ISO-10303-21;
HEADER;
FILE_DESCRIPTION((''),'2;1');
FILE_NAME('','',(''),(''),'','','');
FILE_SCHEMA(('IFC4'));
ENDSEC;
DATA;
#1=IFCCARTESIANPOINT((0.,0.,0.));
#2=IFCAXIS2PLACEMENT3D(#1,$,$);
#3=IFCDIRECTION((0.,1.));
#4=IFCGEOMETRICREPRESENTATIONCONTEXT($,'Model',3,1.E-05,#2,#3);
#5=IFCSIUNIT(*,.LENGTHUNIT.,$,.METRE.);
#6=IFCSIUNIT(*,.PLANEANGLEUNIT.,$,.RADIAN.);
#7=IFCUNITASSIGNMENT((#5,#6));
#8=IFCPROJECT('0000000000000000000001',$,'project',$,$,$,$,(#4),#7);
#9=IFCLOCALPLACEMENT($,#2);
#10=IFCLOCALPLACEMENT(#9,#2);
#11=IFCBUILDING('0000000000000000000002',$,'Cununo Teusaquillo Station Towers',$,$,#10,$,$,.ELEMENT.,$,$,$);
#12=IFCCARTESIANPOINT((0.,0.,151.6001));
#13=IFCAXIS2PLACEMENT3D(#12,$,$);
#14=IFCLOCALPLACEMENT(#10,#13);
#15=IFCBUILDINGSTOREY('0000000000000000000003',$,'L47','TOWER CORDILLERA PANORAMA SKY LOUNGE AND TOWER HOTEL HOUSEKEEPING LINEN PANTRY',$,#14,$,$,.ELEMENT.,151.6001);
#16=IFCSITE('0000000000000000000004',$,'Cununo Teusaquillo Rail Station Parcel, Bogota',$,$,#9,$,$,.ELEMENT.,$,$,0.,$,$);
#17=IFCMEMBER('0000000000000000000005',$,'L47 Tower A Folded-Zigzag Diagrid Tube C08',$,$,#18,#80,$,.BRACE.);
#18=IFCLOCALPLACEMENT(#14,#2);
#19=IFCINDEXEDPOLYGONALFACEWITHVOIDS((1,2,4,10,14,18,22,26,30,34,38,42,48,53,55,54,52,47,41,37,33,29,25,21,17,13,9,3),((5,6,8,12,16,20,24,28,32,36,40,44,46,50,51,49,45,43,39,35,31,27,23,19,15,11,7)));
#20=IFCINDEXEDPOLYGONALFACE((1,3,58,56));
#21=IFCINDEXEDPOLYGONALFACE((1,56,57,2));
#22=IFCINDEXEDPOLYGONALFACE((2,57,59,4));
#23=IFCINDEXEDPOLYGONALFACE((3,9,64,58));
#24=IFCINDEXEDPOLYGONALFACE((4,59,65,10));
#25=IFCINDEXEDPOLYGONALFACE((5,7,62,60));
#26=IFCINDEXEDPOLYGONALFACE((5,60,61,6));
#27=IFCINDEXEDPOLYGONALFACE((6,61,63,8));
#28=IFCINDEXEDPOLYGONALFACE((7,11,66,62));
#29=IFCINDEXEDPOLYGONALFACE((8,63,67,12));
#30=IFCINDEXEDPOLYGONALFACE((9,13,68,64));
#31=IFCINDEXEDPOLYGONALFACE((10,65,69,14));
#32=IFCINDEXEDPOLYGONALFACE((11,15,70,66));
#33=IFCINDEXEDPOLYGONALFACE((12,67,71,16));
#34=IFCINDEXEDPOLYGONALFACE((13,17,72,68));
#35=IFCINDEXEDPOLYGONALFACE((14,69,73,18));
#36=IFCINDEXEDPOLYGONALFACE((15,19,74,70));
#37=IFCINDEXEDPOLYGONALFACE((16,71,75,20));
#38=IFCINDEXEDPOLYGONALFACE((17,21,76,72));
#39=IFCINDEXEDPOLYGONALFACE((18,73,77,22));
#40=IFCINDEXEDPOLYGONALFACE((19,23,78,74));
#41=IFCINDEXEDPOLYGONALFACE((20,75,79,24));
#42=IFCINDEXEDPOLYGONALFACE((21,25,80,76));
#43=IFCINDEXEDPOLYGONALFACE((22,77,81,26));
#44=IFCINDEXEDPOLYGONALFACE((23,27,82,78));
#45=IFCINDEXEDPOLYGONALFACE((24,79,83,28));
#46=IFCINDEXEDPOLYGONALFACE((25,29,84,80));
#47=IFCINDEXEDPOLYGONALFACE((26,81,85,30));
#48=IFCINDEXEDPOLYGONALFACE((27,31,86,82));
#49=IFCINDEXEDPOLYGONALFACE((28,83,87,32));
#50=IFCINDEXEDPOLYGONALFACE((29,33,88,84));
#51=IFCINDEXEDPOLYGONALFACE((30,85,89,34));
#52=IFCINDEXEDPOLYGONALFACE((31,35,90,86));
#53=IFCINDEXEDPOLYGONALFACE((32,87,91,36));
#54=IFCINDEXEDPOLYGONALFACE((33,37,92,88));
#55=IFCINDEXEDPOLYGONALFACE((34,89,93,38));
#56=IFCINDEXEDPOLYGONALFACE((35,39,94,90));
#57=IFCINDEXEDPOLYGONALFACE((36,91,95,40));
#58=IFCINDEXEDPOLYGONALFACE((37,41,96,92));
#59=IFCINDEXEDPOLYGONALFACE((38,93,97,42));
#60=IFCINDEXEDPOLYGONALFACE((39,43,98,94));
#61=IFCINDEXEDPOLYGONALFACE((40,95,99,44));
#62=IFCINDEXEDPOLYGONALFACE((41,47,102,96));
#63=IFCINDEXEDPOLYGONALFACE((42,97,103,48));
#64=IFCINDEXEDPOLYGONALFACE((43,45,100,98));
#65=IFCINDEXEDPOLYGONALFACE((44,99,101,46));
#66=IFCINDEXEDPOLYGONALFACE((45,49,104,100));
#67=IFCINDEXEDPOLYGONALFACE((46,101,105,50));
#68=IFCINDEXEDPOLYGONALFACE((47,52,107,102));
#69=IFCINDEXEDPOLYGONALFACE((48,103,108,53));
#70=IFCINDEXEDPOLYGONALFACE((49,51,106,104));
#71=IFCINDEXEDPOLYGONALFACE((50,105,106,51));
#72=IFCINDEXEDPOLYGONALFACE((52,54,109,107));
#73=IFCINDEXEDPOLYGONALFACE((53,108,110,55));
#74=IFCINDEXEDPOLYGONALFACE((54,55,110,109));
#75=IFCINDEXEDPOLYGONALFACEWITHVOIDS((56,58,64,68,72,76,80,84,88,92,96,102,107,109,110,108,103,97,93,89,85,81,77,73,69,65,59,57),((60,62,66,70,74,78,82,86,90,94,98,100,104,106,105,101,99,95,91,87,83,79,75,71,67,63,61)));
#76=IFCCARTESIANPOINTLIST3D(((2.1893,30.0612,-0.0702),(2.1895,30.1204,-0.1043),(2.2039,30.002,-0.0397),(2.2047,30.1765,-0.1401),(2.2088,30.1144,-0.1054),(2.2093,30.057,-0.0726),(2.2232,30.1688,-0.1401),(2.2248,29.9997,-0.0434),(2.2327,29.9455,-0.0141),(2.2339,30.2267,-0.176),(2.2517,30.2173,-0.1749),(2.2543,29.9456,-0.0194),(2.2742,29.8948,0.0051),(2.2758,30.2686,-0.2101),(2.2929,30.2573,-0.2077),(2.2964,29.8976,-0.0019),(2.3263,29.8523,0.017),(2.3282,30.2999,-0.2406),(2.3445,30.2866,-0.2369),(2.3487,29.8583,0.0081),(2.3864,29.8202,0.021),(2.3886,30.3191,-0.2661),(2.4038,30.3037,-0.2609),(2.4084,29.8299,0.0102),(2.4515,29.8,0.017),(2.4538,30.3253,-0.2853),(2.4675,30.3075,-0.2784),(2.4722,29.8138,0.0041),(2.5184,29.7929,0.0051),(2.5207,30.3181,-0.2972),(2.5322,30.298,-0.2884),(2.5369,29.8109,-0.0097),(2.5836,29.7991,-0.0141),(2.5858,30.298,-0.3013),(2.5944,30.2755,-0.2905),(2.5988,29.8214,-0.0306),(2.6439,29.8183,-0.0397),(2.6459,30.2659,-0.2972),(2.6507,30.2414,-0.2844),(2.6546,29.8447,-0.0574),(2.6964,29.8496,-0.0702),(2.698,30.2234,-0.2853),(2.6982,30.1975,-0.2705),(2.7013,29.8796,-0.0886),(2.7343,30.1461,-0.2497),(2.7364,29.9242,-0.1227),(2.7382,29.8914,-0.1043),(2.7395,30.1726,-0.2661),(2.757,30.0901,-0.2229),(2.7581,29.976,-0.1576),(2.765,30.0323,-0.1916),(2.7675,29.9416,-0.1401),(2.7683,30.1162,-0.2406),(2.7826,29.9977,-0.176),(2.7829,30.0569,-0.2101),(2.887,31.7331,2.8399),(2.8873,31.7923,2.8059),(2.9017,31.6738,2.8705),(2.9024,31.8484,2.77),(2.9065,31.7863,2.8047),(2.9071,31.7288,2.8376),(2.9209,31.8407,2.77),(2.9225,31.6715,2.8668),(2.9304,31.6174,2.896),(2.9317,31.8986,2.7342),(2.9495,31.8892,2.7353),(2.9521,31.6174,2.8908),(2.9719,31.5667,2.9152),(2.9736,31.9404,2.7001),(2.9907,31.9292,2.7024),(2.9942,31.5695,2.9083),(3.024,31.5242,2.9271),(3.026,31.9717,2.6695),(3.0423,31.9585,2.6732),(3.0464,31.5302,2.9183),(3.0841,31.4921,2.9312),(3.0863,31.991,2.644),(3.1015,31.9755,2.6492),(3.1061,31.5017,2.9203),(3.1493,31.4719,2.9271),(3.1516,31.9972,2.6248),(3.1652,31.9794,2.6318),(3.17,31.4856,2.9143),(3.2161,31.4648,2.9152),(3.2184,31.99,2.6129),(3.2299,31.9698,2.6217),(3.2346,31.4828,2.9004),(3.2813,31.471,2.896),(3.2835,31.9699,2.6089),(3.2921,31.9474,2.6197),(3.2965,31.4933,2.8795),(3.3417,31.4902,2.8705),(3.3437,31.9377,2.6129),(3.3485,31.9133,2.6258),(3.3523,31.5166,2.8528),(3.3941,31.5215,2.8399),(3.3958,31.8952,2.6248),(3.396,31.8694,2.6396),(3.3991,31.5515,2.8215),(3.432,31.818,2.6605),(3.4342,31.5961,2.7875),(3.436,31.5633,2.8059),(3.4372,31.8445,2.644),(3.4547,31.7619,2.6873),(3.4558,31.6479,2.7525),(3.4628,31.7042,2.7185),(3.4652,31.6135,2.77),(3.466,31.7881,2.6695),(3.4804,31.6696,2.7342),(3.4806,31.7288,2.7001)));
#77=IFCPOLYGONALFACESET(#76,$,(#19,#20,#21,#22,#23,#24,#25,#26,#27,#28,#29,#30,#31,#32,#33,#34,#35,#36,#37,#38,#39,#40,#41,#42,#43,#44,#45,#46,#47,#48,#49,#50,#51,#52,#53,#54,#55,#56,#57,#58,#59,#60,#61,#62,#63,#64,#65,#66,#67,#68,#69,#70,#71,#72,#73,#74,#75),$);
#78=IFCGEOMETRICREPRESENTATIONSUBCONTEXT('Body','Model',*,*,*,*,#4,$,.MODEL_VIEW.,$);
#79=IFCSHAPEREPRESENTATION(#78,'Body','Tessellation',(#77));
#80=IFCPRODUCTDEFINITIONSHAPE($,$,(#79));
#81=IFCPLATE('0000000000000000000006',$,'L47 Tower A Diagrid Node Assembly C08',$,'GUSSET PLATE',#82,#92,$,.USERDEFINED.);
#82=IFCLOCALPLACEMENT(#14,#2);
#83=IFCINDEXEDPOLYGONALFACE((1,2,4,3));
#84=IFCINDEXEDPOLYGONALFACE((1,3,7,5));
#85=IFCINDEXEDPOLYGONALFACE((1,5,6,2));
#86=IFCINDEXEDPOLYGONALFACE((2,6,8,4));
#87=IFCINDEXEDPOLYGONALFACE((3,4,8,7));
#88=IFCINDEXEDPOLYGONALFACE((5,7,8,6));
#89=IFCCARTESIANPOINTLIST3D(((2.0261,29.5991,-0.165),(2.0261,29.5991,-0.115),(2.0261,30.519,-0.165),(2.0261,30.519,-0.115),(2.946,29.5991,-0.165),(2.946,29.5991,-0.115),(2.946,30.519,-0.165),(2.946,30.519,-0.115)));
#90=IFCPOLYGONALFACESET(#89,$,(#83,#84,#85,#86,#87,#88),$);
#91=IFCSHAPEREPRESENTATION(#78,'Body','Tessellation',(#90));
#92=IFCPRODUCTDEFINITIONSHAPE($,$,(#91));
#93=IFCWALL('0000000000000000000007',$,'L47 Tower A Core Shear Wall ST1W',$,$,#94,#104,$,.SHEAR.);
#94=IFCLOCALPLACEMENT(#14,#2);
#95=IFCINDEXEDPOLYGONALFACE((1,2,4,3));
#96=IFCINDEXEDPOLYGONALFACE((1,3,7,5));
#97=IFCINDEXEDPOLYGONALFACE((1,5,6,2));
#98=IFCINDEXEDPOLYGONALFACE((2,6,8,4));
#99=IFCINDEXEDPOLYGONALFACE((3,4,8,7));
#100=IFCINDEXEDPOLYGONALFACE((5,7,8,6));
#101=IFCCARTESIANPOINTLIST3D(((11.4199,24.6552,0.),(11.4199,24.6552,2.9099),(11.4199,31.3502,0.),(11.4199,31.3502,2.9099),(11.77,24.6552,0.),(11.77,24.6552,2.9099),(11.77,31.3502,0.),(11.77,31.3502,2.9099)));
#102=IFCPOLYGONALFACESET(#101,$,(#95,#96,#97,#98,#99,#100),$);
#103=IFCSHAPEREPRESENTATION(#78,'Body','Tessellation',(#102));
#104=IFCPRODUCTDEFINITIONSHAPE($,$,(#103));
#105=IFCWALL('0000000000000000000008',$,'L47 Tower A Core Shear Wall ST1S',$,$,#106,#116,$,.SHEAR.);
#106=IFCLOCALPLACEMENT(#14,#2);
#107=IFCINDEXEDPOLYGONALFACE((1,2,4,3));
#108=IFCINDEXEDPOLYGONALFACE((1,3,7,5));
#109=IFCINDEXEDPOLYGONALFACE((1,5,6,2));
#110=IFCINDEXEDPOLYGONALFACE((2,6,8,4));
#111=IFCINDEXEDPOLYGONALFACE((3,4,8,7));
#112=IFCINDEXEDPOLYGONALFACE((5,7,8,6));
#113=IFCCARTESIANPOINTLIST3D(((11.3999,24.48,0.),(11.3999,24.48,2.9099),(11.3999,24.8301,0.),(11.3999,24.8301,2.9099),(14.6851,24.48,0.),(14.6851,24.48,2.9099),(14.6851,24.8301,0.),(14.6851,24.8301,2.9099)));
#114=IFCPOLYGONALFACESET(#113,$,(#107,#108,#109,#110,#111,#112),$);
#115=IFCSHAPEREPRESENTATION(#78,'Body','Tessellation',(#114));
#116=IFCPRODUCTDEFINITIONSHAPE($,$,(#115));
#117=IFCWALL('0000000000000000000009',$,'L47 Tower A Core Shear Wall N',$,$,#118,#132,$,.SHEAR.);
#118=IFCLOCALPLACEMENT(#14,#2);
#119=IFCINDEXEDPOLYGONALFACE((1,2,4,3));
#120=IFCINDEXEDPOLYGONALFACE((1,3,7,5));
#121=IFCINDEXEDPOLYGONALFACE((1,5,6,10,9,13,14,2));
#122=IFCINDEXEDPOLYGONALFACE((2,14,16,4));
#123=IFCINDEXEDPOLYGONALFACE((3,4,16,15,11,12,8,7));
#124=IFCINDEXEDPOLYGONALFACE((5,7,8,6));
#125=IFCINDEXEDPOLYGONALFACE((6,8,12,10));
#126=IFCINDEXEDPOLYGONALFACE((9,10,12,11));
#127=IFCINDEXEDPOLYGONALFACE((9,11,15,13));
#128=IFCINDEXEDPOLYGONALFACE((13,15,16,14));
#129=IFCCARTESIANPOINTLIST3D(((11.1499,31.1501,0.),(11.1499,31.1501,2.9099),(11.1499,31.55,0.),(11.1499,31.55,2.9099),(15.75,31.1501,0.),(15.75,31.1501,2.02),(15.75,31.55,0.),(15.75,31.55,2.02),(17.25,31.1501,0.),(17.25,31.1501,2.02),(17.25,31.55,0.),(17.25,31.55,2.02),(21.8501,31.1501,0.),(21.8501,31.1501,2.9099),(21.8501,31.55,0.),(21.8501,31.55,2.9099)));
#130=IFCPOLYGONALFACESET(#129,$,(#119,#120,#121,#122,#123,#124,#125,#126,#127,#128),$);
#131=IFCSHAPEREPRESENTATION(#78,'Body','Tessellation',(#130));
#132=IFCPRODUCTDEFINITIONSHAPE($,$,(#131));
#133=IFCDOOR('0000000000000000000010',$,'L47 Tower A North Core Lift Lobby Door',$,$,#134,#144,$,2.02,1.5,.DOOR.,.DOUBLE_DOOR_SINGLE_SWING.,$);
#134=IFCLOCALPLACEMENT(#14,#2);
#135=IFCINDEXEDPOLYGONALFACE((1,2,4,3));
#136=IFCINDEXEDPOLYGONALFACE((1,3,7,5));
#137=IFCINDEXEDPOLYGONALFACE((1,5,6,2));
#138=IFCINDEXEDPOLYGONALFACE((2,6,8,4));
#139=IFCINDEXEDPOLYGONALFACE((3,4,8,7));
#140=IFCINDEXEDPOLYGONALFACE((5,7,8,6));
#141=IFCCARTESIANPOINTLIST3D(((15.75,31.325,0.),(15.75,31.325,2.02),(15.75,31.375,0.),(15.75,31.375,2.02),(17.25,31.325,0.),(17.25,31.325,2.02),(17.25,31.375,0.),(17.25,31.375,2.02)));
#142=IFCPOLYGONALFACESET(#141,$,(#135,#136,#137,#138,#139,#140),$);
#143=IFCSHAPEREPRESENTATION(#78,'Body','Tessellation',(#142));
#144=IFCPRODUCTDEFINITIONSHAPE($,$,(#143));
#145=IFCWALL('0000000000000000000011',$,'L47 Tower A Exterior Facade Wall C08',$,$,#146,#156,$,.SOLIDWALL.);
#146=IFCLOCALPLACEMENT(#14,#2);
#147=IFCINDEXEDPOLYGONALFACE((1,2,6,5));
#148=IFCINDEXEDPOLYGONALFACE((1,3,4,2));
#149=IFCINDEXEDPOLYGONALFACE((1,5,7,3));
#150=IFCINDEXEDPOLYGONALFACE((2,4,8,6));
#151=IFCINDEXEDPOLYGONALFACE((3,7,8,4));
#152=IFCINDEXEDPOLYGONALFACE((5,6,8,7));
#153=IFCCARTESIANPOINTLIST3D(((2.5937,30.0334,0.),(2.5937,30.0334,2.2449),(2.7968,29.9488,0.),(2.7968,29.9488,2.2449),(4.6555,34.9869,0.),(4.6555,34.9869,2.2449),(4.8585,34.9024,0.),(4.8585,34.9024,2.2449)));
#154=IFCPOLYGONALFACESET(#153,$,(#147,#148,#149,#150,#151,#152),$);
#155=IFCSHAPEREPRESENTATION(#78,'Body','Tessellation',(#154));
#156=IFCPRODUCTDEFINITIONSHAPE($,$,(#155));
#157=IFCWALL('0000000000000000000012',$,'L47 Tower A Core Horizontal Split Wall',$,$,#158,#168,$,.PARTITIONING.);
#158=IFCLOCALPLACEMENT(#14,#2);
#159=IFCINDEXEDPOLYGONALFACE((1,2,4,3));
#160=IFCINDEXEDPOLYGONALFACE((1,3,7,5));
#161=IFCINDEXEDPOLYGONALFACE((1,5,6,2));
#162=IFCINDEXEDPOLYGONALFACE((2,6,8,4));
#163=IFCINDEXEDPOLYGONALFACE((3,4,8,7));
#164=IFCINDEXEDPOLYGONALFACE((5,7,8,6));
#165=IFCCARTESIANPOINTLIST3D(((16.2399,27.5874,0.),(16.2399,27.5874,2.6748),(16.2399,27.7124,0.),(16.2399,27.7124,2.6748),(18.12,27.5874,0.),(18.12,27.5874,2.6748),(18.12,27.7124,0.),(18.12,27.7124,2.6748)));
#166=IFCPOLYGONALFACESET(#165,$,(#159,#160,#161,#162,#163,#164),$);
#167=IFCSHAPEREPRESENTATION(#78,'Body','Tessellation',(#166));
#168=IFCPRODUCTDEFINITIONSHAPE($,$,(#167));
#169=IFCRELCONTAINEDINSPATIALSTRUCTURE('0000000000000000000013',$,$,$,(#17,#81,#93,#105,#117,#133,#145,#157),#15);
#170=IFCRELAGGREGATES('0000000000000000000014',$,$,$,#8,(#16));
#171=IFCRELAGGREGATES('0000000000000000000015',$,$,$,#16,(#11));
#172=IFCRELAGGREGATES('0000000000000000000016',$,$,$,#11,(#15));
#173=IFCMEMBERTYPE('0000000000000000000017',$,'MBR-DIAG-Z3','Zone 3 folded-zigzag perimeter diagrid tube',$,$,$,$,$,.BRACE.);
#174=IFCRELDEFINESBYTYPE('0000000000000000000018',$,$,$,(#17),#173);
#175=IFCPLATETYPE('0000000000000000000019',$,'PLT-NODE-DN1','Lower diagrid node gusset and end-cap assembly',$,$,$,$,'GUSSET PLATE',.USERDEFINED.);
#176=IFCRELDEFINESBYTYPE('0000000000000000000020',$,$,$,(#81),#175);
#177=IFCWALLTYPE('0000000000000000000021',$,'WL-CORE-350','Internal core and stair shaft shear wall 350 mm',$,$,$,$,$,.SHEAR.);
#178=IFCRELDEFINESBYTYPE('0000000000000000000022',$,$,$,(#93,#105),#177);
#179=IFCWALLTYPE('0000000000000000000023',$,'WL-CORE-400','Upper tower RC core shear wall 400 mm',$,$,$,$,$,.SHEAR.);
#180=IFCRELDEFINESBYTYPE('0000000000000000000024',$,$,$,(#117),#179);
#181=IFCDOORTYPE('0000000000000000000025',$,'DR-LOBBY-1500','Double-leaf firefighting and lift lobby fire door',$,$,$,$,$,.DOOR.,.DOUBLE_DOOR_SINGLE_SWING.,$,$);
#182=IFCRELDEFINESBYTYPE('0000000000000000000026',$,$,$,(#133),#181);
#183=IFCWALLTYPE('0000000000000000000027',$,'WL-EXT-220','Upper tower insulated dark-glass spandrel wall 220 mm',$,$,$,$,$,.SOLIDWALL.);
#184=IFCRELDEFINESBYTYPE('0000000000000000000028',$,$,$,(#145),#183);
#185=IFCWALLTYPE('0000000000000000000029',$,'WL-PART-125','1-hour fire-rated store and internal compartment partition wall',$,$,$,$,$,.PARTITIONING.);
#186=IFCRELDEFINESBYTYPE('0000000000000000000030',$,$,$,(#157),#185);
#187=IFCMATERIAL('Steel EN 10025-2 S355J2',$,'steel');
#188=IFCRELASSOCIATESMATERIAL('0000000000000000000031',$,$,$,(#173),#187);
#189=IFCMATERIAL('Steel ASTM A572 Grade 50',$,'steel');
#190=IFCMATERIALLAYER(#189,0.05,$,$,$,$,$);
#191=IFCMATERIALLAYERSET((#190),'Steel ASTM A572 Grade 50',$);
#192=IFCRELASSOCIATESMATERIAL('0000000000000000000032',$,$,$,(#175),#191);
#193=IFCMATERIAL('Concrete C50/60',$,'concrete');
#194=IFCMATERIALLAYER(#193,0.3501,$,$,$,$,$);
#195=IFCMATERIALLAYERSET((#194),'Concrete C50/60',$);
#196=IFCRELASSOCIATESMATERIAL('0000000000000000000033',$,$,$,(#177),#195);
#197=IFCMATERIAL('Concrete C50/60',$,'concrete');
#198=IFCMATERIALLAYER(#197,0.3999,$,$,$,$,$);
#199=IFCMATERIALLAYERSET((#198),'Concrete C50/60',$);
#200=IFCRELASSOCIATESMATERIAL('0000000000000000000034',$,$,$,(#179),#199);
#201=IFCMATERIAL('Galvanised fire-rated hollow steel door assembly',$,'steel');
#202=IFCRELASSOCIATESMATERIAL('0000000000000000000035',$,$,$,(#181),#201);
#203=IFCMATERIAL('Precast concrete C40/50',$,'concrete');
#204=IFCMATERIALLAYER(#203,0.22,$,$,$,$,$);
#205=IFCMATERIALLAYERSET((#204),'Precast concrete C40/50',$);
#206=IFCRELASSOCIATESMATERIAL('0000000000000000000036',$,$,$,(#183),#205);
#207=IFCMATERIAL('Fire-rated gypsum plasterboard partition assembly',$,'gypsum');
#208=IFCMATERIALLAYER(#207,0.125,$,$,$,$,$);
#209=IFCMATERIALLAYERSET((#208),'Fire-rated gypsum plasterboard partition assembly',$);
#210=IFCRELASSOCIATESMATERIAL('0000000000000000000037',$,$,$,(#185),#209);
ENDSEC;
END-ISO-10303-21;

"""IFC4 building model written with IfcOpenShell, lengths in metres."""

from ifc_helpers import new_model, si_unit, direction, frame, frame_2d, origin, origin_2d, place, context, subcontext, project, spatial, rectangle, hollow_circle, extrude, source, transform, mapped, material, layer, layer_set, material_profile, profile_set, type_object, element, fill, save


model = new_model("IFC4")

# Units and contexts
model_context = context("Model", 3, precision=1e-05, world=origin(), true_north=direction((0.0, 1.0)))
body_context = subcontext(model_context, "Body", "Model", "MODEL_VIEW")
ifc_project = project(units=[si_unit("LENGTHUNIT", "METRE"), si_unit("PLANEANGLEUNIT", "RADIAN")], contexts=[model_context])

# Site, building, storey
site_placement = place(None, origin())
site = spatial("IfcSite", under=ifc_project, at=site_placement, Name="Cununo Teusaquillo Rail Station Parcel, Bogota", CompositionType="ELEMENT", RefElevation=0.0)
building_placement = place(site_placement, origin())
building = spatial("IfcBuilding", under=site, at=building_placement, Name="Cununo Teusaquillo Station Towers", CompositionType="ELEMENT")
storey_placement = place(building_placement, frame((0.0, 0.0, 151.6001)))
storey = spatial("IfcBuildingStorey", under=building, at=storey_placement, Name="L47", Description="TOWER CORDILLERA PANORAMA SKY LOUNGE AND TOWER HOTEL HOUSEKEEPING LINEN PANTRY", CompositionType="ELEMENT", Elevation=151.6001)

# Member
ifc_material_1 = material(Name="Steel EN 10025-2 S355J2", Category="steel")
ifc_material_profile_1 = material_profile(ifc_material_1, hollow_circle(Radius=0.3049, WallThickness=0.02, at=origin_2d()), Name="CHS 610x20")
ifc_profile_set_1 = profile_set([ifc_material_profile_1], Name="Steel EN 10025-2 S355J2")
member_type = type_object("IfcMemberType", Name="MBR-DIAG-Z3", Description="Zone 3 folded-zigzag perimeter diagrid tube", PredefinedType="BRACE", material=ifc_profile_set_1)
member_placement = place(storey_placement, frame((2.4861, 30.0591, -0.1401), z_axis=(0.203547, 0.487715, 0.848942), x_axis=(-0.922853, 0.385151, 0.0)))
element("IfcMember", 1, at=member_placement, inside=storey, type_object=member_type, Name="L47 Tower A Folded-Zigzag Diagrid Tube C08", PredefinedType="BRACE", context=body_context, shape_type="SweptSolid", body=[
    extrude(hollow_circle(Radius=0.3049, WallThickness=0.02, at=origin_2d()), origin(), (0.0, 0.0, 1.0), 3.428),
])

# Plate
ifc_material_2 = material(Name="Steel ASTM A572 Grade 50", Category="steel")
ifc_layer_1 = layer(ifc_material_2, 0.05)
ifc_layer_set_1 = layer_set([ifc_layer_1], Name="Steel ASTM A572 Grade 50")
plate_type = type_object("IfcPlateType", Name="PLT-NODE-DN1", Description="Lower diagrid node gusset and end-cap assembly", ElementType="GUSSET PLATE", PredefinedType="USERDEFINED", material=ifc_layer_set_1)
shared_shape_1 = source(origin(), body_context, "Body", "SweptSolid", [
    extrude(rectangle(XDim=0.9199, YDim=0.9199, at=origin_2d()), origin(), (0.0, 0.0, 1.0), 0.05),
])
plate_placement = place(storey_placement, frame((2.4861, 30.0591, -0.165), z_axis=(0.0, 0.0, 1.0), x_axis=(1.0, 0.0, 0.0)))
element("IfcPlate", 2, at=plate_placement, inside=storey, type_object=plate_type, Name="L47 Tower A Diagrid Node Assembly C08", ObjectType="GUSSET PLATE", PredefinedType="USERDEFINED", context=body_context, shape_type="MappedRepresentation", body=[
    mapped(shared_shape_1, transform((0.0, 0.0, 0.0), x_axis=(1.0, 0.0, 0.0), y_axis=(0.0, 1.0, 0.0), z_axis=(0.0, 0.0, 1.0), scale=1.0)),
])

# Walls
ifc_material_3 = material(Name="Concrete C50/60", Category="concrete")
ifc_layer_2 = layer(ifc_material_3, 0.3501)
ifc_layer_set_2 = layer_set([ifc_layer_2], Name="Concrete C50/60")
wall_type_1 = type_object("IfcWallType", Name="WL-CORE-350", Description="Internal core and stair shaft shear wall 350 mm", PredefinedType="SHEAR", material=ifc_layer_set_2)
wall_1_placement = place(storey_placement, frame((11.595, 24.655, 0.0), z_axis=(0.0, 0.0, 1.0), x_axis=(0.0, 1.0, 0.0)))
element("IfcWall", 3, at=wall_1_placement, inside=storey, type_object=wall_type_1, Name="L47 Tower A Core Shear Wall ST1W", PredefinedType="SHEAR", context=body_context, shape_type="SweptSolid", body=[
    extrude(rectangle(XDim=6.6951, YDim=0.3501, at=frame_2d((3.3477, 0.0))), origin(), (0.0, 0.0, 1.0), 2.9099),
])
wall_2_placement = place(storey_placement, frame((11.3999, 24.655, 0.0), z_axis=(0.0, 0.0, 1.0), x_axis=(1.0, 0.0, 0.0)))
element("IfcWall", 4, at=wall_2_placement, inside=storey, type_object=wall_type_1, Name="L47 Tower A Core Shear Wall ST1S", PredefinedType="SHEAR", context=body_context, shape_type="SweptSolid", body=[
    extrude(rectangle(XDim=3.2852, YDim=0.3501, at=frame_2d((1.6426, 0.0))), origin(), (0.0, 0.0, 1.0), 2.9099),
])

# Wall, opening, door
ifc_material_4 = material(Name="Concrete C50/60", Category="concrete")
ifc_layer_3 = layer(ifc_material_4, 0.3999)
ifc_layer_set_3 = layer_set([ifc_layer_3], Name="Concrete C50/60")
wall_type_2 = type_object("IfcWallType", Name="WL-CORE-400", Description="Upper tower RC core shear wall 400 mm", PredefinedType="SHEAR", material=ifc_layer_set_3)
wall_3_placement = place(storey_placement, frame((11.1499, 31.3501, 0.0), z_axis=(0.0, 0.0, 1.0), x_axis=(1.0, 0.0, 0.0)))
wall_3 = element("IfcWall", 5, at=wall_3_placement, inside=storey, type_object=wall_type_2, Name="L47 Tower A Core Shear Wall N", PredefinedType="SHEAR", context=body_context, shape_type="SweptSolid", body=[
    extrude(rectangle(XDim=10.7002, YDim=0.3999, at=frame_2d((5.3501, 0.0))), origin(), (0.0, 0.0, 1.0), 2.9099),
])
shared_shape_2 = source(origin(), body_context, "Body", "SweptSolid", [
    extrude(rectangle(XDim=1.5, YDim=2.02, at=frame_2d((0.75, 1.01))), frame((0.0, 0.21, 0.0), z_axis=(0.0, -1.0, 0.0), x_axis=(1.0, 0.0, 0.0)), (0.0, 0.0, 1.0), 0.4199),
])
opening_1_placement = place(wall_3_placement, frame((4.6001, 0.0, 0.0)))
opening_1 = element("IfcOpeningElement", 6, at=opening_1_placement, cuts=wall_3, PredefinedType="OPENING", context=body_context, shape_type="MappedRepresentation", body=[
    mapped(shared_shape_2, transform((0.0, 0.0, 0.0), x_axis=(1.0, 0.0, 0.0), y_axis=(0.0, 1.0, 0.0), z_axis=(0.0, 0.0, 1.0), scale=1.0)),
])
ifc_material_5 = material(Name="Galvanised fire-rated hollow steel door assembly", Category="steel")
door_type_1 = type_object("IfcDoorType", Name="DR-LOBBY-1500", Description="Double-leaf firefighting and lift lobby fire door", OperationType="DOUBLE_DOOR_SINGLE_SWING", PredefinedType="DOOR", material=ifc_material_5)
shared_shape_3 = source(origin(), body_context, "Body", "SweptSolid", [
    extrude(rectangle(XDim=1.5, YDim=2.02, at=frame_2d((0.75, 1.01))), frame((0.0, 0.0249, 0.0), z_axis=(0.0, -1.0, 0.0), x_axis=(1.0, 0.0, 0.0)), (0.0, 0.0, 1.0), 0.05),
])
door_1_placement = place(opening_1_placement, origin())
door_1 = element("IfcDoor", 7, at=door_1_placement, inside=storey, type_object=door_type_1, Name="L47 Tower A North Core Lift Lobby Door", OperationType="DOUBLE_DOOR_SINGLE_SWING", OverallHeight=2.02, OverallWidth=1.5, PredefinedType="DOOR", context=body_context, shape_type="MappedRepresentation", body=[
    mapped(shared_shape_3, transform((0.0, 0.0, 0.0), x_axis=(1.0, 0.0, 0.0), y_axis=(0.0, 1.0, 0.0), z_axis=(0.0, 0.0, 1.0), scale=1.0)),
])
fill(opening_1, door_1)

# Walls
ifc_material_6 = material(Name="Precast concrete C40/50", Category="concrete")
ifc_layer_4 = layer(ifc_material_6, 0.22)
ifc_layer_set_4 = layer_set([ifc_layer_4], Name="Precast concrete C40/50")
wall_type_3 = type_object("IfcWallType", Name="WL-EXT-220", Description="Upper tower insulated dark-glass spandrel wall 220 mm", PredefinedType="SOLIDWALL", material=ifc_layer_set_4)
wall_4_placement = place(storey_placement, frame((2.6953, 29.9912, 0.0), z_axis=(0.0, 0.0, 1.0), x_axis=(0.38426, 0.923225, 0.0)))
element("IfcWall", 8, at=wall_4_placement, inside=storey, type_object=wall_type_3, Name="L47 Tower A Exterior Facade Wall C08", PredefinedType="SOLIDWALL", context=body_context, shape_type="SweptSolid", body=[
    extrude(rectangle(XDim=5.3655, YDim=0.22, at=frame_2d((2.6826, 0.0))), origin(), (0.0, 0.0, 1.0), 2.2449),
])
ifc_material_7 = material(Name="Fire-rated gypsum plasterboard partition assembly", Category="gypsum")
ifc_layer_5 = layer(ifc_material_7, 0.125)
ifc_layer_set_5 = layer_set([ifc_layer_5], Name="Fire-rated gypsum plasterboard partition assembly")
wall_type_4 = type_object("IfcWallType", Name="WL-PART-125", Description="1-hour fire-rated store and internal compartment partition wall", PredefinedType="PARTITIONING", material=ifc_layer_set_5)
wall_5_placement = place(storey_placement, frame((16.24, 27.6499, 0.0), z_axis=(0.0, 0.0, 1.0), x_axis=(1.0, 0.0, 0.0)))
element("IfcWall", 9, at=wall_5_placement, inside=storey, type_object=wall_type_4, Name="L47 Tower A Core Horizontal Split Wall", PredefinedType="PARTITIONING", context=body_context, shape_type="SweptSolid", body=[
    extrude(rectangle(XDim=1.8801, YDim=0.125, at=frame_2d((0.9399, 0.0))), origin(), (0.0, 0.0, 1.0), 2.6748),
])

save(model, "model.ifc")
